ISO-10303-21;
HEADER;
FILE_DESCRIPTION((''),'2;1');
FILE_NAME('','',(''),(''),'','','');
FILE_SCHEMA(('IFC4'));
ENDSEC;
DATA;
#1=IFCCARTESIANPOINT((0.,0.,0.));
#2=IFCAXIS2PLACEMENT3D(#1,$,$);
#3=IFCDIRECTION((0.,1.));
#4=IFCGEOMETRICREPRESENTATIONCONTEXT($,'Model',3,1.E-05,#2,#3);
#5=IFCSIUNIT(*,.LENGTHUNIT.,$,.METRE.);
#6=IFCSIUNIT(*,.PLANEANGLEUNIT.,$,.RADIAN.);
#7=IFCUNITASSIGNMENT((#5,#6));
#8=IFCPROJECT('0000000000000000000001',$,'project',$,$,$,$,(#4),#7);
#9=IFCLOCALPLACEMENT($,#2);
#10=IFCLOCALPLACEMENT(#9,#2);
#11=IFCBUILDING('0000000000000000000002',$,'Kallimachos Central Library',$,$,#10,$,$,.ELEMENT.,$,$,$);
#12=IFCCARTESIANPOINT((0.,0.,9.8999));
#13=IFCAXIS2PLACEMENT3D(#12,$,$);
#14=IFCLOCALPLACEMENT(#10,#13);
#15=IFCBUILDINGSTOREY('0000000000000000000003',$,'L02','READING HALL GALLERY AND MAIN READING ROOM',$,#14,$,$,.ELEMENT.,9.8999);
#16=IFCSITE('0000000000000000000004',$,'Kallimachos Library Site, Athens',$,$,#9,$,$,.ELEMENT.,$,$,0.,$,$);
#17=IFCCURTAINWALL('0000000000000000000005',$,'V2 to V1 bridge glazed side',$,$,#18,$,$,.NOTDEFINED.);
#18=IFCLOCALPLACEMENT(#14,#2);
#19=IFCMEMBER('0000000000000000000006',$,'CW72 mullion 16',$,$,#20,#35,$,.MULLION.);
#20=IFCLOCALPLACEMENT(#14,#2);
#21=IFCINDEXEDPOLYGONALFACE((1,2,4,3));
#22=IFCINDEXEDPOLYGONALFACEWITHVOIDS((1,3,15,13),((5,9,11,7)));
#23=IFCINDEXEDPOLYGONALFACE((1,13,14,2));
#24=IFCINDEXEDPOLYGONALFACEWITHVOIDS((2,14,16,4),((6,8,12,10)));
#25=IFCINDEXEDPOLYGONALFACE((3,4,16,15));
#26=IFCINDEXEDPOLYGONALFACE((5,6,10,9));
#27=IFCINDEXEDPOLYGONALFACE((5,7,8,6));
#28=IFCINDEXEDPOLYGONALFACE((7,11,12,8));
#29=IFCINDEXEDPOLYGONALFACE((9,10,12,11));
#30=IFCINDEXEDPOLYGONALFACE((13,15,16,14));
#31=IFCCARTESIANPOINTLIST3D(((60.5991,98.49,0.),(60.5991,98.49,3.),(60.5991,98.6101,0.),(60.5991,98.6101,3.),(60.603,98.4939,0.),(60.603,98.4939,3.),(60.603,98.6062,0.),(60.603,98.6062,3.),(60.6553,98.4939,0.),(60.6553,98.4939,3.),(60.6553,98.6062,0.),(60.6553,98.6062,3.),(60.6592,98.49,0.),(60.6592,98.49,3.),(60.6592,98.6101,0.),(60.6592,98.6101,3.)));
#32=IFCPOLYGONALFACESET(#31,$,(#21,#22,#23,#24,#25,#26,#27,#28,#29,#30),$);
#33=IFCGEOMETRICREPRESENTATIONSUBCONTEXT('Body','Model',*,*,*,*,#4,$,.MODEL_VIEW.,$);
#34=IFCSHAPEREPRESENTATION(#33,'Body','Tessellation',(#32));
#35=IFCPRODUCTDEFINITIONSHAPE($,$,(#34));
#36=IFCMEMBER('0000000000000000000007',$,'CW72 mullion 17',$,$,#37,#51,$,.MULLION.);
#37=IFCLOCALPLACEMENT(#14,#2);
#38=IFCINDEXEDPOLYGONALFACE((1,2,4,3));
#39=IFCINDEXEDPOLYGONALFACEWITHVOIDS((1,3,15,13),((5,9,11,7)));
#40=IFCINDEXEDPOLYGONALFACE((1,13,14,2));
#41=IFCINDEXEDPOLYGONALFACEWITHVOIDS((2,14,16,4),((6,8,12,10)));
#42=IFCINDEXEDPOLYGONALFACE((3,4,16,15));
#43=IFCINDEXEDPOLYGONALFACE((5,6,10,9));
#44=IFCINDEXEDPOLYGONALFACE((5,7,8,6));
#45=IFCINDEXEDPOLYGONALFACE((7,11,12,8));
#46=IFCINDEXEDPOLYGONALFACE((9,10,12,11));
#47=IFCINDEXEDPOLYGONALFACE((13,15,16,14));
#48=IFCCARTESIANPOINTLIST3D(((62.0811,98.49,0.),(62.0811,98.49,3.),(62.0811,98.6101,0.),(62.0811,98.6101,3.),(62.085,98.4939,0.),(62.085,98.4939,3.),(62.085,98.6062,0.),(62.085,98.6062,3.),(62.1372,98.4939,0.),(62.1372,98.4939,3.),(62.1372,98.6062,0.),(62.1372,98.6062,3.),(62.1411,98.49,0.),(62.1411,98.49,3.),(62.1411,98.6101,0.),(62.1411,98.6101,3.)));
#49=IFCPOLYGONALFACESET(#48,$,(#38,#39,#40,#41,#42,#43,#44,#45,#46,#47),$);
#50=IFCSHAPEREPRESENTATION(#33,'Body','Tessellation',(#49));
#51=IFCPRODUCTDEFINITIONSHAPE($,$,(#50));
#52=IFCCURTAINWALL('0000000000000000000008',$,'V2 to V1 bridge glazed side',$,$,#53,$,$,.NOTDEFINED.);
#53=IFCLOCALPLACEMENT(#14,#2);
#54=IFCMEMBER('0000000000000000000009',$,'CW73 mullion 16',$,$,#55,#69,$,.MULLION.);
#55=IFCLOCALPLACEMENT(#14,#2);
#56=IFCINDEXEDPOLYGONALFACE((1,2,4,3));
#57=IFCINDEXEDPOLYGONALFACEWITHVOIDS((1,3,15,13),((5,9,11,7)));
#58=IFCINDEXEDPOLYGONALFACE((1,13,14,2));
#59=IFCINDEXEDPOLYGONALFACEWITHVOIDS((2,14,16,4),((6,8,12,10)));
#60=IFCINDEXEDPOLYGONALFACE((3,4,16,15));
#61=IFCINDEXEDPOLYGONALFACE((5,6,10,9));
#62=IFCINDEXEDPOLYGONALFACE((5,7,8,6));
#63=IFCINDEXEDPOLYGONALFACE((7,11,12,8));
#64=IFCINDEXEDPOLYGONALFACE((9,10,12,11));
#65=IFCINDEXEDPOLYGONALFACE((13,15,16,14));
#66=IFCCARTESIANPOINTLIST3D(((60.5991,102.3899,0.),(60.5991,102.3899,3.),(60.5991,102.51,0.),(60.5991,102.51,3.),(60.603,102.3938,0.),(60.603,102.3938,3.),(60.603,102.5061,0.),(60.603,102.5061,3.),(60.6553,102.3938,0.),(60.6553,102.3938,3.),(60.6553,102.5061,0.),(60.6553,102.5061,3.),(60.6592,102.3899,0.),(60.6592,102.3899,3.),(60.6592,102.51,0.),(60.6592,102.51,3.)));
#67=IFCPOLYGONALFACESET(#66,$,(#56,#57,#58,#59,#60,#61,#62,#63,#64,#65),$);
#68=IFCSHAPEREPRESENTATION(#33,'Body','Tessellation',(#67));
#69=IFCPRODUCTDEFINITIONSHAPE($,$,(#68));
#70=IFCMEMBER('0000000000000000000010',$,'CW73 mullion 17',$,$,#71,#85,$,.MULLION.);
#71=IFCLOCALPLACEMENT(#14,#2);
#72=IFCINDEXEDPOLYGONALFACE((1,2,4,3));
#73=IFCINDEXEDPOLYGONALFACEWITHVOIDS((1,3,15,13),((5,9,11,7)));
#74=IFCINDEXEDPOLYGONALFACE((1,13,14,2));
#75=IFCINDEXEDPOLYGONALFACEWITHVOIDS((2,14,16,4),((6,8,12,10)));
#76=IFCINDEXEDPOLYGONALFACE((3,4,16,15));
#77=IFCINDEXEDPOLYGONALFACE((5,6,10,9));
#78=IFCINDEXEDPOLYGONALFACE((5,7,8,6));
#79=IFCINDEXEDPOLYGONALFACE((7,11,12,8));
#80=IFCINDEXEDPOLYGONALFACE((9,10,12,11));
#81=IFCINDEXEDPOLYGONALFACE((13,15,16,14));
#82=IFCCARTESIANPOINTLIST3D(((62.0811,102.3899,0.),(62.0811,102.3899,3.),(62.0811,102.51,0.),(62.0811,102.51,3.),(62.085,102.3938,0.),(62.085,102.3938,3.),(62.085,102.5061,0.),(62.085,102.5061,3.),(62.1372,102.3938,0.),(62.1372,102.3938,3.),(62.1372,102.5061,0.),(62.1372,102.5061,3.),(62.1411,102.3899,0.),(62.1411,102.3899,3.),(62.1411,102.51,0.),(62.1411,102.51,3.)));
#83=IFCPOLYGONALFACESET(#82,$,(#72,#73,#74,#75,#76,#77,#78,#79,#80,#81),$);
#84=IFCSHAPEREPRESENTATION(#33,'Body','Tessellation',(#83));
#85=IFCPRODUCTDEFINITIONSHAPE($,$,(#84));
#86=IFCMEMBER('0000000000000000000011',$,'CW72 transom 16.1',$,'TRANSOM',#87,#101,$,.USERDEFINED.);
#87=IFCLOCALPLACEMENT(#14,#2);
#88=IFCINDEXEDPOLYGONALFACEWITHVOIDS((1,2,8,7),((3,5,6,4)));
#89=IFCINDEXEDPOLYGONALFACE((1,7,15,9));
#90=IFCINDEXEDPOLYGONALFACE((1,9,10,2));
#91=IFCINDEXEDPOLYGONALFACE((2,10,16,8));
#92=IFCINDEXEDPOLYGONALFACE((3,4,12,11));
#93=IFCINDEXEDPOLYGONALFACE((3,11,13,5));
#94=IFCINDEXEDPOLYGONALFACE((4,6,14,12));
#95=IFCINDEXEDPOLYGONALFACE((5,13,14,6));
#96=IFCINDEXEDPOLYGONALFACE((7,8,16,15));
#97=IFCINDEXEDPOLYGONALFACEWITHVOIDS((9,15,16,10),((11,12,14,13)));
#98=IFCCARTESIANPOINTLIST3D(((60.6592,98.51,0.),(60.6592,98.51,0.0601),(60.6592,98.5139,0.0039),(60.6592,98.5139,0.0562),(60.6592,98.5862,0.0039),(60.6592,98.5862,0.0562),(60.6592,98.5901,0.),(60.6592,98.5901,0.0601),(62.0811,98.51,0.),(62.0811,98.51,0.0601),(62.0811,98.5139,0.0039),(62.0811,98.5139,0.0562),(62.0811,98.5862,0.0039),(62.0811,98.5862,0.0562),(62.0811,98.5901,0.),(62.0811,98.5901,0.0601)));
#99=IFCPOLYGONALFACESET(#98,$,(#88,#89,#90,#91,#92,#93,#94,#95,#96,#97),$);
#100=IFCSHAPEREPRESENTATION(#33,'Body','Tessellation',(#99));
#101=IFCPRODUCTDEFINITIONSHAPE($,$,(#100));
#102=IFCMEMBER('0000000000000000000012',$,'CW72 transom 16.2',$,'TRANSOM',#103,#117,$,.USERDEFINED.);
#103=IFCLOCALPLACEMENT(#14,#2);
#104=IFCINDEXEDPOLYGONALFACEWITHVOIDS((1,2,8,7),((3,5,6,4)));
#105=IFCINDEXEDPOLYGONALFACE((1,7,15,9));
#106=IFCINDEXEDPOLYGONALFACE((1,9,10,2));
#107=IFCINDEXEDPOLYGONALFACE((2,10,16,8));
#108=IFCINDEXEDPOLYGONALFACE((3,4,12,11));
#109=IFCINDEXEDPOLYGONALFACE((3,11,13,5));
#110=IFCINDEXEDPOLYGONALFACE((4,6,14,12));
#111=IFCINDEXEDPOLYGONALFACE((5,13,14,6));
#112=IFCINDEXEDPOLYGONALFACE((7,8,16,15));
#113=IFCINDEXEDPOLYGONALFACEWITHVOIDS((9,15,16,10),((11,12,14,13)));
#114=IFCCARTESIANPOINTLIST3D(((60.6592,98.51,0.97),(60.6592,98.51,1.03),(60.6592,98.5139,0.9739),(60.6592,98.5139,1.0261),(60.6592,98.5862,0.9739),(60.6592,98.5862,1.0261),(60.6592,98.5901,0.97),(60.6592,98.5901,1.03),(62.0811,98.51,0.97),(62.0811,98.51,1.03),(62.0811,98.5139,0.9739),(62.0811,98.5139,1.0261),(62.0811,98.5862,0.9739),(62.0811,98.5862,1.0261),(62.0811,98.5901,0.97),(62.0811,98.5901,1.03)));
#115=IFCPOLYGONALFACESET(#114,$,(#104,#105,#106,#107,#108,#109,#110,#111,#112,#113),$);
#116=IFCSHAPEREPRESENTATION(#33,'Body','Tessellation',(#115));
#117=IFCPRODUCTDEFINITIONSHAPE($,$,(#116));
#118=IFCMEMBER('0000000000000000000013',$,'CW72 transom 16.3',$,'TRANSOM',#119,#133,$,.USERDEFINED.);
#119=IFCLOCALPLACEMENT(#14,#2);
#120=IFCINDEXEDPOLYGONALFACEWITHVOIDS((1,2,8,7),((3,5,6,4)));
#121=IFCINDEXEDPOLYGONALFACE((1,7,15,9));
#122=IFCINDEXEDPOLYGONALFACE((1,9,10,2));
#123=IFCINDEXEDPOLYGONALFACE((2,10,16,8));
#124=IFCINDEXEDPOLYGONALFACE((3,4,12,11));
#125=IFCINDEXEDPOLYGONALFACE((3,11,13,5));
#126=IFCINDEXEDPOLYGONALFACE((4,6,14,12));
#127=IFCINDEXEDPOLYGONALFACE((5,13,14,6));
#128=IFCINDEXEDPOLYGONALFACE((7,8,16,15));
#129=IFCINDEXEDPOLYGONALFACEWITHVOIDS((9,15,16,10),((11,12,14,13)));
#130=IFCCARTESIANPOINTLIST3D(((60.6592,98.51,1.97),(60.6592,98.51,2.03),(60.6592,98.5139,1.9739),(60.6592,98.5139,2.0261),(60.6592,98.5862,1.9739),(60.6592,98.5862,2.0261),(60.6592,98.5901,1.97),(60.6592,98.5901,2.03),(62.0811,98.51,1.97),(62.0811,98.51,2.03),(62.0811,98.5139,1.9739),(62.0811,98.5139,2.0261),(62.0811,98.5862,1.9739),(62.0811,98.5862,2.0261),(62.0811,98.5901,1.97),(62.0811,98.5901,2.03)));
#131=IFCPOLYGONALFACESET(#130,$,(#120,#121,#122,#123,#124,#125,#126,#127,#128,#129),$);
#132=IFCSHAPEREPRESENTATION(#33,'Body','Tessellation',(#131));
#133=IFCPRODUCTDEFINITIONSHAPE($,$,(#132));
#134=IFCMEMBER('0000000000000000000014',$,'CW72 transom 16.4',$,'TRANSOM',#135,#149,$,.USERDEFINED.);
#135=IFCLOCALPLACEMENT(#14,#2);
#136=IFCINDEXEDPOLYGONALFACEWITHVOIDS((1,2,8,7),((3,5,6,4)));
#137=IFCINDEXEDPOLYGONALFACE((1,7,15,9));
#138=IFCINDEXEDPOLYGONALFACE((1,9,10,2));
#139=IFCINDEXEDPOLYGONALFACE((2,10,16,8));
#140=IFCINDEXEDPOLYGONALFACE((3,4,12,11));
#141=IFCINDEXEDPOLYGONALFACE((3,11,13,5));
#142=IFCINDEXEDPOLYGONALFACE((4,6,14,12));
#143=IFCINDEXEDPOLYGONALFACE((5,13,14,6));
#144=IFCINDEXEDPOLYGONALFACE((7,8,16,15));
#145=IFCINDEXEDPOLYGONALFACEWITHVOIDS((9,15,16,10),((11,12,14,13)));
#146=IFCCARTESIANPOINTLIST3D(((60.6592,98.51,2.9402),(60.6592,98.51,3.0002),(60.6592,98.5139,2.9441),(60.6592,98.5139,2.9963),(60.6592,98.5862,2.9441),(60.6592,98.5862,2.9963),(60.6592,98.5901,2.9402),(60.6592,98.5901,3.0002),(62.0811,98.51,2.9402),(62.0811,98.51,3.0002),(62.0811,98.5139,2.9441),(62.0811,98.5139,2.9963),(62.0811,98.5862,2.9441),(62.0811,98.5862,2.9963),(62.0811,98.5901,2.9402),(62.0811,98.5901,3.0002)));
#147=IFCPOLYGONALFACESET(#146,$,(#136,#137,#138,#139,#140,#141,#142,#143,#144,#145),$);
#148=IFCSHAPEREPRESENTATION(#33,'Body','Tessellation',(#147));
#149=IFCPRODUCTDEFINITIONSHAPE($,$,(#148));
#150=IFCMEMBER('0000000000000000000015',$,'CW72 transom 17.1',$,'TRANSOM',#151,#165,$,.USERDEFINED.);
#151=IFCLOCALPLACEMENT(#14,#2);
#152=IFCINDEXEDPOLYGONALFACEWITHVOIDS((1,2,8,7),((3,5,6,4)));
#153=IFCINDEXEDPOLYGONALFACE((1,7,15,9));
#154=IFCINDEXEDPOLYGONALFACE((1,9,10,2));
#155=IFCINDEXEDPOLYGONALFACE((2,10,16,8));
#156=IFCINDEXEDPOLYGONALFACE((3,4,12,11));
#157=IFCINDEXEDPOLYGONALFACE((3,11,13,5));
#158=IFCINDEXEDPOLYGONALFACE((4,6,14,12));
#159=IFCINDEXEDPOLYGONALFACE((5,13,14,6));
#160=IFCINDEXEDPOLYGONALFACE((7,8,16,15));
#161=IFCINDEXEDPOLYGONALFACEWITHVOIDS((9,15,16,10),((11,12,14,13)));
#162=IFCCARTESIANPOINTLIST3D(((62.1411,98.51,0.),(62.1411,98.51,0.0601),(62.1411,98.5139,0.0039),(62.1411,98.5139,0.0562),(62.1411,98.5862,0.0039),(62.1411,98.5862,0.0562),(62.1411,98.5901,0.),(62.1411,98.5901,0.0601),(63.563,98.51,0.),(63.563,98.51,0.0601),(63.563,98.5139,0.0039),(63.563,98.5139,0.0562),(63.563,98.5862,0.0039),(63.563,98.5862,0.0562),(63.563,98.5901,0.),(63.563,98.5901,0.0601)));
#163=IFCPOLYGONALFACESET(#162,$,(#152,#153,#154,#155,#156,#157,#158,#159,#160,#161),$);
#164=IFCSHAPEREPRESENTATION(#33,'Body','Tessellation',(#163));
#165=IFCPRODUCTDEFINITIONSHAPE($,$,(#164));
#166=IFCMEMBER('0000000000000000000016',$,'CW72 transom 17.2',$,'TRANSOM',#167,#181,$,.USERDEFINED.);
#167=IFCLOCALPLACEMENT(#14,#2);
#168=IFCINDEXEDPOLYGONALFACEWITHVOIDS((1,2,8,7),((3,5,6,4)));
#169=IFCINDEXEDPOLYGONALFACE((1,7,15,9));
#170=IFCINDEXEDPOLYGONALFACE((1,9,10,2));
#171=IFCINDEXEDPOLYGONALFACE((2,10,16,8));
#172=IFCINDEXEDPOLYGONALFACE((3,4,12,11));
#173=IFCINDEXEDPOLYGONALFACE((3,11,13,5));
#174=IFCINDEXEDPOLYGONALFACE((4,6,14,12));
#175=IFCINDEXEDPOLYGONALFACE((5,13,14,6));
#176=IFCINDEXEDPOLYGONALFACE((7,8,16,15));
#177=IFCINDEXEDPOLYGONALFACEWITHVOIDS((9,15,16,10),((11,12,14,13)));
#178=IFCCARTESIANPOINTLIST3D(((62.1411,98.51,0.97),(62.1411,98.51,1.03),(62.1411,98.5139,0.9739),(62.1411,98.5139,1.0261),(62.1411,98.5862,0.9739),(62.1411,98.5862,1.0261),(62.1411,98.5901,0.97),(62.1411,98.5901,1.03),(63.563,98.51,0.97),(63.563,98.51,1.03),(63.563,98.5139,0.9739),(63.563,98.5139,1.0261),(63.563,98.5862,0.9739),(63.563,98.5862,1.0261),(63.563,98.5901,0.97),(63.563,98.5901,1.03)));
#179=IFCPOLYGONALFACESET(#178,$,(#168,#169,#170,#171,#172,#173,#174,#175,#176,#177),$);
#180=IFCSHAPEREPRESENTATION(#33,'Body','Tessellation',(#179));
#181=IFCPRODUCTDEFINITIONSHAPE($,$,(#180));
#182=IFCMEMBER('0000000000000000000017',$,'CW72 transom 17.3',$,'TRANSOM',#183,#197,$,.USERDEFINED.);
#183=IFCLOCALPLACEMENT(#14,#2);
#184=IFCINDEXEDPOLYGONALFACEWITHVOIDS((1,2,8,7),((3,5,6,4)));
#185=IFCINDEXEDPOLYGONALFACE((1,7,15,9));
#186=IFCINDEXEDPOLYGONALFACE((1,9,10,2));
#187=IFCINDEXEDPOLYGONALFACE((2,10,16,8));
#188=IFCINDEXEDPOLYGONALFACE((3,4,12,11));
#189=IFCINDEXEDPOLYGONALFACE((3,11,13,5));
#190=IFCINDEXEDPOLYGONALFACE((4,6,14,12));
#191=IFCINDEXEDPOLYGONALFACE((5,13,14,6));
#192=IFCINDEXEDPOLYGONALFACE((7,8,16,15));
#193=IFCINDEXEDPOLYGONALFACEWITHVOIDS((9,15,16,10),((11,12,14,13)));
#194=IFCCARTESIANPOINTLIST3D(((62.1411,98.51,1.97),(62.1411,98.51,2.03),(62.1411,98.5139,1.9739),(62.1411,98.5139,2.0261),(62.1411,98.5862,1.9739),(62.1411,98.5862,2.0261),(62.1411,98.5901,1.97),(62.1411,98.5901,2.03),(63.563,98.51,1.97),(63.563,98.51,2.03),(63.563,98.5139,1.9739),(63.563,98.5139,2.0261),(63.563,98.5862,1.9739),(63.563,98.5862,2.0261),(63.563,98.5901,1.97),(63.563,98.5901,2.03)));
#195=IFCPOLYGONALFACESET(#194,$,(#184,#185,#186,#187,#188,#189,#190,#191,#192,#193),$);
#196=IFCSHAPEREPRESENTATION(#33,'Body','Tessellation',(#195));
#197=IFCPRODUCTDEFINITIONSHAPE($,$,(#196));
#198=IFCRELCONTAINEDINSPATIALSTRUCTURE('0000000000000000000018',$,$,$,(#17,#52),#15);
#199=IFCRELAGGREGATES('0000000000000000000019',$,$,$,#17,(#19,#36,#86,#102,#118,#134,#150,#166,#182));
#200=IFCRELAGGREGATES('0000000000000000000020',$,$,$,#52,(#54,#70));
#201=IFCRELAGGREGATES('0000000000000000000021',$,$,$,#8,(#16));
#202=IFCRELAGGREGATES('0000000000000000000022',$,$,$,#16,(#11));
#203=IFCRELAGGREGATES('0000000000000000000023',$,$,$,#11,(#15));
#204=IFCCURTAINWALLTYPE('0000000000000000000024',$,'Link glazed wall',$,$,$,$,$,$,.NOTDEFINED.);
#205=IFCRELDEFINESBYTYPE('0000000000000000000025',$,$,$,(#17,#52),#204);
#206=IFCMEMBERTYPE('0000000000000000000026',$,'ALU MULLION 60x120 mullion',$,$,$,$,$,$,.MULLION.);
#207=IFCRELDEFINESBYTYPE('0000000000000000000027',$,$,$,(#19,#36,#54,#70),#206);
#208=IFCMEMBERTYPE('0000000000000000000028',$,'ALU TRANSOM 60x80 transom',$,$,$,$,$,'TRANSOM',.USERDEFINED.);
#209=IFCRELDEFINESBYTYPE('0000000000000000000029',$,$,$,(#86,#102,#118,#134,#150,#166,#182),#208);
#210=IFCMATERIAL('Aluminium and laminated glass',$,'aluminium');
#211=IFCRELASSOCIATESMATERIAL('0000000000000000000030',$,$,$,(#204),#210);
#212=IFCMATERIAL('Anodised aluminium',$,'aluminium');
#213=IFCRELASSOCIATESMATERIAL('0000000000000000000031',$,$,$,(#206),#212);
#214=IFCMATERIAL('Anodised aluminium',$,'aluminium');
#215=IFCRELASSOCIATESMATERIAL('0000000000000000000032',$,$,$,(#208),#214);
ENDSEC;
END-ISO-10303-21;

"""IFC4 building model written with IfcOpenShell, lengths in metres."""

from ifc_helpers import new_model, si_unit, direction, frame, origin, origin_2d, place, context, subcontext, project, spatial, hollow_rectangle, extrude, material, material_profile, profile_set, type_object, element, aggregate, save


model = new_model("IFC4")

# Units and contexts
model_context = context("Model", 3, precision=1e-05, world=origin(), true_north=direction((0.0, 1.0)))
body_context = subcontext(model_context, "Body", "Model", "MODEL_VIEW")
ifc_project = project(units=[si_unit("LENGTHUNIT", "METRE"), si_unit("PLANEANGLEUNIT", "RADIAN")], contexts=[model_context])

# Site, building, storey
site_placement = place(None, origin())
site = spatial("IfcSite", under=ifc_project, at=site_placement, Name="Kallimachos Library Site, Athens", CompositionType="ELEMENT", RefElevation=0.0)
building_placement = place(site_placement, origin())
building = spatial("IfcBuilding", under=site, at=building_placement, Name="Kallimachos Central Library", CompositionType="ELEMENT")
storey_placement = place(building_placement, frame((0.0, 0.0, 9.8999)))
storey = spatial("IfcBuildingStorey", under=building, at=storey_placement, Name="L02", Description="READING HALL GALLERY AND MAIN READING ROOM", CompositionType="ELEMENT", Elevation=9.8999)

# Curtain walls, members
ifc_material_1 = material(Name="Aluminium and laminated glass", Category="aluminium")
curtain_wall_type = type_object("IfcCurtainWallType", Name="Link glazed wall", PredefinedType="NOTDEFINED", material=ifc_material_1)
curtain_wall_1_placement = place(storey_placement, origin())
curtain_wall_1 = element("IfcCurtainWall", 1, at=curtain_wall_1_placement, inside=storey, type_object=curtain_wall_type, Name="V2 to V1 bridge glazed side", PredefinedType="NOTDEFINED")
ifc_material_2 = material(Name="Anodised aluminium", Category="aluminium")
ifc_material_profile_1 = material_profile(ifc_material_2, hollow_rectangle(XDim=0.0601, YDim=0.1201, WallThickness=0.0039, at=origin_2d()), Name="ALU MULLION 60x120")
ifc_profile_set_1 = profile_set([ifc_material_profile_1], Name="Anodised aluminium")
member_type_1 = type_object("IfcMemberType", Name="ALU MULLION 60x120 mullion", PredefinedType="MULLION", material=ifc_profile_set_1)
member_1_placement = place(storey_placement, frame((60.6292, 98.55, 0.0), z_axis=(0.0, 0.0, 1.0), x_axis=(1.0, 0.0, 0.0)))
member_1 = element("IfcMember", 2, at=member_1_placement, type_object=member_type_1, Name="CW72 mullion 16", PredefinedType="MULLION", context=body_context, shape_type="SweptSolid", body=[
    extrude(hollow_rectangle(XDim=0.0601, YDim=0.1201, WallThickness=0.0039, at=origin_2d()), origin(), (0.0, 0.0, 1.0), 3.0),
])
member_2_placement = place(storey_placement, frame((62.1111, 98.55, 0.0), z_axis=(0.0, 0.0, 1.0), x_axis=(1.0, 0.0, 0.0)))
member_2 = element("IfcMember", 3, at=member_2_placement, type_object=member_type_1, Name="CW72 mullion 17", PredefinedType="MULLION", context=body_context, shape_type="SweptSolid", body=[
    extrude(hollow_rectangle(XDim=0.0601, YDim=0.1201, WallThickness=0.0039, at=origin_2d()), origin(), (0.0, 0.0, 1.0), 3.0),
])
curtain_wall_2_placement = place(storey_placement, origin())
curtain_wall_2 = element("IfcCurtainWall", 4, at=curtain_wall_2_placement, inside=storey, type_object=curtain_wall_type, Name="V2 to V1 bridge glazed side", PredefinedType="NOTDEFINED")
member_3_placement = place(storey_placement, frame((60.6292, 102.45, 0.0), z_axis=(0.0, 0.0, 1.0), x_axis=(1.0, 0.0, 0.0)))
member_3 = element("IfcMember", 5, at=member_3_placement, type_object=member_type_1, Name="CW73 mullion 16", PredefinedType="MULLION", context=body_context, shape_type="SweptSolid", body=[
    extrude(hollow_rectangle(XDim=0.0601, YDim=0.1201, WallThickness=0.0039, at=origin_2d()), origin(), (0.0, 0.0, 1.0), 3.0),
])
member_4_placement = place(storey_placement, frame((62.1111, 102.45, 0.0), z_axis=(0.0, 0.0, 1.0), x_axis=(1.0, 0.0, 0.0)))
member_4 = element("IfcMember", 6, at=member_4_placement, type_object=member_type_1, Name="CW73 mullion 17", PredefinedType="MULLION", context=body_context, shape_type="SweptSolid", body=[
    extrude(hollow_rectangle(XDim=0.0601, YDim=0.1201, WallThickness=0.0039, at=origin_2d()), origin(), (0.0, 0.0, 1.0), 3.0),
])

# Members
ifc_material_3 = material(Name="Anodised aluminium", Category="aluminium")
ifc_material_profile_2 = material_profile(ifc_material_3, hollow_rectangle(XDim=0.0601, YDim=0.0801, WallThickness=0.0039, at=origin_2d()), Name="ALU TRANSOM 60x80")
ifc_profile_set_2 = profile_set([ifc_material_profile_2], Name="Anodised aluminium")
member_type_2 = type_object("IfcMemberType", Name="ALU TRANSOM 60x80 transom", ElementType="TRANSOM", PredefinedType="USERDEFINED", material=ifc_profile_set_2)
member_5_placement = place(storey_placement, frame((60.6592, 98.55, 0.03), z_axis=(1.0, 0.0, 0.0), x_axis=(0.0, 0.0, 1.0)))
member_5 = element("IfcMember", 7, at=member_5_placement, type_object=member_type_2, Name="CW72 transom 16.1", ObjectType="TRANSOM", PredefinedType="USERDEFINED", context=body_context, shape_type="SweptSolid", body=[
    extrude(hollow_rectangle(XDim=0.0601, YDim=0.0801, WallThickness=0.0039, at=origin_2d()), origin(), (0.0, 0.0, 1.0), 1.4219),
])
member_6_placement = place(storey_placement, frame((60.6592, 98.55, 1.0), z_axis=(1.0, 0.0, 0.0), x_axis=(0.0, 0.0, 1.0)))
member_6 = element("IfcMember", 8, at=member_6_placement, type_object=member_type_2, Name="CW72 transom 16.2", ObjectType="TRANSOM", PredefinedType="USERDEFINED", context=body_context, shape_type="SweptSolid", body=[
    extrude(hollow_rectangle(XDim=0.0601, YDim=0.0801, WallThickness=0.0039, at=origin_2d()), origin(), (0.0, 0.0, 1.0), 1.4219),
])
member_7_placement = place(storey_placement, frame((60.6592, 98.55, 2.0), z_axis=(1.0, 0.0, 0.0), x_axis=(0.0, 0.0, 1.0)))
member_7 = element("IfcMember", 9, at=member_7_placement, type_object=member_type_2, Name="CW72 transom 16.3", ObjectType="TRANSOM", PredefinedType="USERDEFINED", context=body_context, shape_type="SweptSolid", body=[
    extrude(hollow_rectangle(XDim=0.0601, YDim=0.0801, WallThickness=0.0039, at=origin_2d()), origin(), (0.0, 0.0, 1.0), 1.4219),
])
member_8_placement = place(storey_placement, frame((60.6592, 98.55, 2.9702), z_axis=(1.0, 0.0, 0.0), x_axis=(0.0, 0.0, 1.0)))
member_8 = element("IfcMember", 10, at=member_8_placement, type_object=member_type_2, Name="CW72 transom 16.4", ObjectType="TRANSOM", PredefinedType="USERDEFINED", context=body_context, shape_type="SweptSolid", body=[
    extrude(hollow_rectangle(XDim=0.0601, YDim=0.0801, WallThickness=0.0039, at=origin_2d()), origin(), (0.0, 0.0, 1.0), 1.4219),
])
member_9_placement = place(storey_placement, frame((62.1411, 98.55, 0.03), z_axis=(1.0, 0.0, 0.0), x_axis=(0.0, 0.0, 1.0)))
member_9 = element("IfcMember", 11, at=member_9_placement, type_object=member_type_2, Name="CW72 transom 17.1", ObjectType="TRANSOM", PredefinedType="USERDEFINED", context=body_context, shape_type="SweptSolid", body=[
    extrude(hollow_rectangle(XDim=0.0601, YDim=0.0801, WallThickness=0.0039, at=origin_2d()), origin(), (0.0, 0.0, 1.0), 1.4219),
])
member_10_placement = place(storey_placement, frame((62.1411, 98.55, 1.0), z_axis=(1.0, 0.0, 0.0), x_axis=(0.0, 0.0, 1.0)))
member_10 = element("IfcMember", 12, at=member_10_placement, type_object=member_type_2, Name="CW72 transom 17.2", ObjectType="TRANSOM", PredefinedType="USERDEFINED", context=body_context, shape_type="SweptSolid", body=[
    extrude(hollow_rectangle(XDim=0.0601, YDim=0.0801, WallThickness=0.0039, at=origin_2d()), origin(), (0.0, 0.0, 1.0), 1.4219),
])
member_11_placement = place(storey_placement, frame((62.1411, 98.55, 2.0), z_axis=(1.0, 0.0, 0.0), x_axis=(0.0, 0.0, 1.0)))
member_11 = element("IfcMember", 13, at=member_11_placement, type_object=member_type_2, Name="CW72 transom 17.3", ObjectType="TRANSOM", PredefinedType="USERDEFINED", context=body_context, shape_type="SweptSolid", body=[
    extrude(hollow_rectangle(XDim=0.0601, YDim=0.0801, WallThickness=0.0039, at=origin_2d()), origin(), (0.0, 0.0, 1.0), 1.4219),
])

aggregate(curtain_wall_1, [member_1, member_2, member_5, member_6, member_7, member_8, member_9, member_10, member_11])
aggregate(curtain_wall_2, [member_3, member_4])

save(model, "model.ifc")
